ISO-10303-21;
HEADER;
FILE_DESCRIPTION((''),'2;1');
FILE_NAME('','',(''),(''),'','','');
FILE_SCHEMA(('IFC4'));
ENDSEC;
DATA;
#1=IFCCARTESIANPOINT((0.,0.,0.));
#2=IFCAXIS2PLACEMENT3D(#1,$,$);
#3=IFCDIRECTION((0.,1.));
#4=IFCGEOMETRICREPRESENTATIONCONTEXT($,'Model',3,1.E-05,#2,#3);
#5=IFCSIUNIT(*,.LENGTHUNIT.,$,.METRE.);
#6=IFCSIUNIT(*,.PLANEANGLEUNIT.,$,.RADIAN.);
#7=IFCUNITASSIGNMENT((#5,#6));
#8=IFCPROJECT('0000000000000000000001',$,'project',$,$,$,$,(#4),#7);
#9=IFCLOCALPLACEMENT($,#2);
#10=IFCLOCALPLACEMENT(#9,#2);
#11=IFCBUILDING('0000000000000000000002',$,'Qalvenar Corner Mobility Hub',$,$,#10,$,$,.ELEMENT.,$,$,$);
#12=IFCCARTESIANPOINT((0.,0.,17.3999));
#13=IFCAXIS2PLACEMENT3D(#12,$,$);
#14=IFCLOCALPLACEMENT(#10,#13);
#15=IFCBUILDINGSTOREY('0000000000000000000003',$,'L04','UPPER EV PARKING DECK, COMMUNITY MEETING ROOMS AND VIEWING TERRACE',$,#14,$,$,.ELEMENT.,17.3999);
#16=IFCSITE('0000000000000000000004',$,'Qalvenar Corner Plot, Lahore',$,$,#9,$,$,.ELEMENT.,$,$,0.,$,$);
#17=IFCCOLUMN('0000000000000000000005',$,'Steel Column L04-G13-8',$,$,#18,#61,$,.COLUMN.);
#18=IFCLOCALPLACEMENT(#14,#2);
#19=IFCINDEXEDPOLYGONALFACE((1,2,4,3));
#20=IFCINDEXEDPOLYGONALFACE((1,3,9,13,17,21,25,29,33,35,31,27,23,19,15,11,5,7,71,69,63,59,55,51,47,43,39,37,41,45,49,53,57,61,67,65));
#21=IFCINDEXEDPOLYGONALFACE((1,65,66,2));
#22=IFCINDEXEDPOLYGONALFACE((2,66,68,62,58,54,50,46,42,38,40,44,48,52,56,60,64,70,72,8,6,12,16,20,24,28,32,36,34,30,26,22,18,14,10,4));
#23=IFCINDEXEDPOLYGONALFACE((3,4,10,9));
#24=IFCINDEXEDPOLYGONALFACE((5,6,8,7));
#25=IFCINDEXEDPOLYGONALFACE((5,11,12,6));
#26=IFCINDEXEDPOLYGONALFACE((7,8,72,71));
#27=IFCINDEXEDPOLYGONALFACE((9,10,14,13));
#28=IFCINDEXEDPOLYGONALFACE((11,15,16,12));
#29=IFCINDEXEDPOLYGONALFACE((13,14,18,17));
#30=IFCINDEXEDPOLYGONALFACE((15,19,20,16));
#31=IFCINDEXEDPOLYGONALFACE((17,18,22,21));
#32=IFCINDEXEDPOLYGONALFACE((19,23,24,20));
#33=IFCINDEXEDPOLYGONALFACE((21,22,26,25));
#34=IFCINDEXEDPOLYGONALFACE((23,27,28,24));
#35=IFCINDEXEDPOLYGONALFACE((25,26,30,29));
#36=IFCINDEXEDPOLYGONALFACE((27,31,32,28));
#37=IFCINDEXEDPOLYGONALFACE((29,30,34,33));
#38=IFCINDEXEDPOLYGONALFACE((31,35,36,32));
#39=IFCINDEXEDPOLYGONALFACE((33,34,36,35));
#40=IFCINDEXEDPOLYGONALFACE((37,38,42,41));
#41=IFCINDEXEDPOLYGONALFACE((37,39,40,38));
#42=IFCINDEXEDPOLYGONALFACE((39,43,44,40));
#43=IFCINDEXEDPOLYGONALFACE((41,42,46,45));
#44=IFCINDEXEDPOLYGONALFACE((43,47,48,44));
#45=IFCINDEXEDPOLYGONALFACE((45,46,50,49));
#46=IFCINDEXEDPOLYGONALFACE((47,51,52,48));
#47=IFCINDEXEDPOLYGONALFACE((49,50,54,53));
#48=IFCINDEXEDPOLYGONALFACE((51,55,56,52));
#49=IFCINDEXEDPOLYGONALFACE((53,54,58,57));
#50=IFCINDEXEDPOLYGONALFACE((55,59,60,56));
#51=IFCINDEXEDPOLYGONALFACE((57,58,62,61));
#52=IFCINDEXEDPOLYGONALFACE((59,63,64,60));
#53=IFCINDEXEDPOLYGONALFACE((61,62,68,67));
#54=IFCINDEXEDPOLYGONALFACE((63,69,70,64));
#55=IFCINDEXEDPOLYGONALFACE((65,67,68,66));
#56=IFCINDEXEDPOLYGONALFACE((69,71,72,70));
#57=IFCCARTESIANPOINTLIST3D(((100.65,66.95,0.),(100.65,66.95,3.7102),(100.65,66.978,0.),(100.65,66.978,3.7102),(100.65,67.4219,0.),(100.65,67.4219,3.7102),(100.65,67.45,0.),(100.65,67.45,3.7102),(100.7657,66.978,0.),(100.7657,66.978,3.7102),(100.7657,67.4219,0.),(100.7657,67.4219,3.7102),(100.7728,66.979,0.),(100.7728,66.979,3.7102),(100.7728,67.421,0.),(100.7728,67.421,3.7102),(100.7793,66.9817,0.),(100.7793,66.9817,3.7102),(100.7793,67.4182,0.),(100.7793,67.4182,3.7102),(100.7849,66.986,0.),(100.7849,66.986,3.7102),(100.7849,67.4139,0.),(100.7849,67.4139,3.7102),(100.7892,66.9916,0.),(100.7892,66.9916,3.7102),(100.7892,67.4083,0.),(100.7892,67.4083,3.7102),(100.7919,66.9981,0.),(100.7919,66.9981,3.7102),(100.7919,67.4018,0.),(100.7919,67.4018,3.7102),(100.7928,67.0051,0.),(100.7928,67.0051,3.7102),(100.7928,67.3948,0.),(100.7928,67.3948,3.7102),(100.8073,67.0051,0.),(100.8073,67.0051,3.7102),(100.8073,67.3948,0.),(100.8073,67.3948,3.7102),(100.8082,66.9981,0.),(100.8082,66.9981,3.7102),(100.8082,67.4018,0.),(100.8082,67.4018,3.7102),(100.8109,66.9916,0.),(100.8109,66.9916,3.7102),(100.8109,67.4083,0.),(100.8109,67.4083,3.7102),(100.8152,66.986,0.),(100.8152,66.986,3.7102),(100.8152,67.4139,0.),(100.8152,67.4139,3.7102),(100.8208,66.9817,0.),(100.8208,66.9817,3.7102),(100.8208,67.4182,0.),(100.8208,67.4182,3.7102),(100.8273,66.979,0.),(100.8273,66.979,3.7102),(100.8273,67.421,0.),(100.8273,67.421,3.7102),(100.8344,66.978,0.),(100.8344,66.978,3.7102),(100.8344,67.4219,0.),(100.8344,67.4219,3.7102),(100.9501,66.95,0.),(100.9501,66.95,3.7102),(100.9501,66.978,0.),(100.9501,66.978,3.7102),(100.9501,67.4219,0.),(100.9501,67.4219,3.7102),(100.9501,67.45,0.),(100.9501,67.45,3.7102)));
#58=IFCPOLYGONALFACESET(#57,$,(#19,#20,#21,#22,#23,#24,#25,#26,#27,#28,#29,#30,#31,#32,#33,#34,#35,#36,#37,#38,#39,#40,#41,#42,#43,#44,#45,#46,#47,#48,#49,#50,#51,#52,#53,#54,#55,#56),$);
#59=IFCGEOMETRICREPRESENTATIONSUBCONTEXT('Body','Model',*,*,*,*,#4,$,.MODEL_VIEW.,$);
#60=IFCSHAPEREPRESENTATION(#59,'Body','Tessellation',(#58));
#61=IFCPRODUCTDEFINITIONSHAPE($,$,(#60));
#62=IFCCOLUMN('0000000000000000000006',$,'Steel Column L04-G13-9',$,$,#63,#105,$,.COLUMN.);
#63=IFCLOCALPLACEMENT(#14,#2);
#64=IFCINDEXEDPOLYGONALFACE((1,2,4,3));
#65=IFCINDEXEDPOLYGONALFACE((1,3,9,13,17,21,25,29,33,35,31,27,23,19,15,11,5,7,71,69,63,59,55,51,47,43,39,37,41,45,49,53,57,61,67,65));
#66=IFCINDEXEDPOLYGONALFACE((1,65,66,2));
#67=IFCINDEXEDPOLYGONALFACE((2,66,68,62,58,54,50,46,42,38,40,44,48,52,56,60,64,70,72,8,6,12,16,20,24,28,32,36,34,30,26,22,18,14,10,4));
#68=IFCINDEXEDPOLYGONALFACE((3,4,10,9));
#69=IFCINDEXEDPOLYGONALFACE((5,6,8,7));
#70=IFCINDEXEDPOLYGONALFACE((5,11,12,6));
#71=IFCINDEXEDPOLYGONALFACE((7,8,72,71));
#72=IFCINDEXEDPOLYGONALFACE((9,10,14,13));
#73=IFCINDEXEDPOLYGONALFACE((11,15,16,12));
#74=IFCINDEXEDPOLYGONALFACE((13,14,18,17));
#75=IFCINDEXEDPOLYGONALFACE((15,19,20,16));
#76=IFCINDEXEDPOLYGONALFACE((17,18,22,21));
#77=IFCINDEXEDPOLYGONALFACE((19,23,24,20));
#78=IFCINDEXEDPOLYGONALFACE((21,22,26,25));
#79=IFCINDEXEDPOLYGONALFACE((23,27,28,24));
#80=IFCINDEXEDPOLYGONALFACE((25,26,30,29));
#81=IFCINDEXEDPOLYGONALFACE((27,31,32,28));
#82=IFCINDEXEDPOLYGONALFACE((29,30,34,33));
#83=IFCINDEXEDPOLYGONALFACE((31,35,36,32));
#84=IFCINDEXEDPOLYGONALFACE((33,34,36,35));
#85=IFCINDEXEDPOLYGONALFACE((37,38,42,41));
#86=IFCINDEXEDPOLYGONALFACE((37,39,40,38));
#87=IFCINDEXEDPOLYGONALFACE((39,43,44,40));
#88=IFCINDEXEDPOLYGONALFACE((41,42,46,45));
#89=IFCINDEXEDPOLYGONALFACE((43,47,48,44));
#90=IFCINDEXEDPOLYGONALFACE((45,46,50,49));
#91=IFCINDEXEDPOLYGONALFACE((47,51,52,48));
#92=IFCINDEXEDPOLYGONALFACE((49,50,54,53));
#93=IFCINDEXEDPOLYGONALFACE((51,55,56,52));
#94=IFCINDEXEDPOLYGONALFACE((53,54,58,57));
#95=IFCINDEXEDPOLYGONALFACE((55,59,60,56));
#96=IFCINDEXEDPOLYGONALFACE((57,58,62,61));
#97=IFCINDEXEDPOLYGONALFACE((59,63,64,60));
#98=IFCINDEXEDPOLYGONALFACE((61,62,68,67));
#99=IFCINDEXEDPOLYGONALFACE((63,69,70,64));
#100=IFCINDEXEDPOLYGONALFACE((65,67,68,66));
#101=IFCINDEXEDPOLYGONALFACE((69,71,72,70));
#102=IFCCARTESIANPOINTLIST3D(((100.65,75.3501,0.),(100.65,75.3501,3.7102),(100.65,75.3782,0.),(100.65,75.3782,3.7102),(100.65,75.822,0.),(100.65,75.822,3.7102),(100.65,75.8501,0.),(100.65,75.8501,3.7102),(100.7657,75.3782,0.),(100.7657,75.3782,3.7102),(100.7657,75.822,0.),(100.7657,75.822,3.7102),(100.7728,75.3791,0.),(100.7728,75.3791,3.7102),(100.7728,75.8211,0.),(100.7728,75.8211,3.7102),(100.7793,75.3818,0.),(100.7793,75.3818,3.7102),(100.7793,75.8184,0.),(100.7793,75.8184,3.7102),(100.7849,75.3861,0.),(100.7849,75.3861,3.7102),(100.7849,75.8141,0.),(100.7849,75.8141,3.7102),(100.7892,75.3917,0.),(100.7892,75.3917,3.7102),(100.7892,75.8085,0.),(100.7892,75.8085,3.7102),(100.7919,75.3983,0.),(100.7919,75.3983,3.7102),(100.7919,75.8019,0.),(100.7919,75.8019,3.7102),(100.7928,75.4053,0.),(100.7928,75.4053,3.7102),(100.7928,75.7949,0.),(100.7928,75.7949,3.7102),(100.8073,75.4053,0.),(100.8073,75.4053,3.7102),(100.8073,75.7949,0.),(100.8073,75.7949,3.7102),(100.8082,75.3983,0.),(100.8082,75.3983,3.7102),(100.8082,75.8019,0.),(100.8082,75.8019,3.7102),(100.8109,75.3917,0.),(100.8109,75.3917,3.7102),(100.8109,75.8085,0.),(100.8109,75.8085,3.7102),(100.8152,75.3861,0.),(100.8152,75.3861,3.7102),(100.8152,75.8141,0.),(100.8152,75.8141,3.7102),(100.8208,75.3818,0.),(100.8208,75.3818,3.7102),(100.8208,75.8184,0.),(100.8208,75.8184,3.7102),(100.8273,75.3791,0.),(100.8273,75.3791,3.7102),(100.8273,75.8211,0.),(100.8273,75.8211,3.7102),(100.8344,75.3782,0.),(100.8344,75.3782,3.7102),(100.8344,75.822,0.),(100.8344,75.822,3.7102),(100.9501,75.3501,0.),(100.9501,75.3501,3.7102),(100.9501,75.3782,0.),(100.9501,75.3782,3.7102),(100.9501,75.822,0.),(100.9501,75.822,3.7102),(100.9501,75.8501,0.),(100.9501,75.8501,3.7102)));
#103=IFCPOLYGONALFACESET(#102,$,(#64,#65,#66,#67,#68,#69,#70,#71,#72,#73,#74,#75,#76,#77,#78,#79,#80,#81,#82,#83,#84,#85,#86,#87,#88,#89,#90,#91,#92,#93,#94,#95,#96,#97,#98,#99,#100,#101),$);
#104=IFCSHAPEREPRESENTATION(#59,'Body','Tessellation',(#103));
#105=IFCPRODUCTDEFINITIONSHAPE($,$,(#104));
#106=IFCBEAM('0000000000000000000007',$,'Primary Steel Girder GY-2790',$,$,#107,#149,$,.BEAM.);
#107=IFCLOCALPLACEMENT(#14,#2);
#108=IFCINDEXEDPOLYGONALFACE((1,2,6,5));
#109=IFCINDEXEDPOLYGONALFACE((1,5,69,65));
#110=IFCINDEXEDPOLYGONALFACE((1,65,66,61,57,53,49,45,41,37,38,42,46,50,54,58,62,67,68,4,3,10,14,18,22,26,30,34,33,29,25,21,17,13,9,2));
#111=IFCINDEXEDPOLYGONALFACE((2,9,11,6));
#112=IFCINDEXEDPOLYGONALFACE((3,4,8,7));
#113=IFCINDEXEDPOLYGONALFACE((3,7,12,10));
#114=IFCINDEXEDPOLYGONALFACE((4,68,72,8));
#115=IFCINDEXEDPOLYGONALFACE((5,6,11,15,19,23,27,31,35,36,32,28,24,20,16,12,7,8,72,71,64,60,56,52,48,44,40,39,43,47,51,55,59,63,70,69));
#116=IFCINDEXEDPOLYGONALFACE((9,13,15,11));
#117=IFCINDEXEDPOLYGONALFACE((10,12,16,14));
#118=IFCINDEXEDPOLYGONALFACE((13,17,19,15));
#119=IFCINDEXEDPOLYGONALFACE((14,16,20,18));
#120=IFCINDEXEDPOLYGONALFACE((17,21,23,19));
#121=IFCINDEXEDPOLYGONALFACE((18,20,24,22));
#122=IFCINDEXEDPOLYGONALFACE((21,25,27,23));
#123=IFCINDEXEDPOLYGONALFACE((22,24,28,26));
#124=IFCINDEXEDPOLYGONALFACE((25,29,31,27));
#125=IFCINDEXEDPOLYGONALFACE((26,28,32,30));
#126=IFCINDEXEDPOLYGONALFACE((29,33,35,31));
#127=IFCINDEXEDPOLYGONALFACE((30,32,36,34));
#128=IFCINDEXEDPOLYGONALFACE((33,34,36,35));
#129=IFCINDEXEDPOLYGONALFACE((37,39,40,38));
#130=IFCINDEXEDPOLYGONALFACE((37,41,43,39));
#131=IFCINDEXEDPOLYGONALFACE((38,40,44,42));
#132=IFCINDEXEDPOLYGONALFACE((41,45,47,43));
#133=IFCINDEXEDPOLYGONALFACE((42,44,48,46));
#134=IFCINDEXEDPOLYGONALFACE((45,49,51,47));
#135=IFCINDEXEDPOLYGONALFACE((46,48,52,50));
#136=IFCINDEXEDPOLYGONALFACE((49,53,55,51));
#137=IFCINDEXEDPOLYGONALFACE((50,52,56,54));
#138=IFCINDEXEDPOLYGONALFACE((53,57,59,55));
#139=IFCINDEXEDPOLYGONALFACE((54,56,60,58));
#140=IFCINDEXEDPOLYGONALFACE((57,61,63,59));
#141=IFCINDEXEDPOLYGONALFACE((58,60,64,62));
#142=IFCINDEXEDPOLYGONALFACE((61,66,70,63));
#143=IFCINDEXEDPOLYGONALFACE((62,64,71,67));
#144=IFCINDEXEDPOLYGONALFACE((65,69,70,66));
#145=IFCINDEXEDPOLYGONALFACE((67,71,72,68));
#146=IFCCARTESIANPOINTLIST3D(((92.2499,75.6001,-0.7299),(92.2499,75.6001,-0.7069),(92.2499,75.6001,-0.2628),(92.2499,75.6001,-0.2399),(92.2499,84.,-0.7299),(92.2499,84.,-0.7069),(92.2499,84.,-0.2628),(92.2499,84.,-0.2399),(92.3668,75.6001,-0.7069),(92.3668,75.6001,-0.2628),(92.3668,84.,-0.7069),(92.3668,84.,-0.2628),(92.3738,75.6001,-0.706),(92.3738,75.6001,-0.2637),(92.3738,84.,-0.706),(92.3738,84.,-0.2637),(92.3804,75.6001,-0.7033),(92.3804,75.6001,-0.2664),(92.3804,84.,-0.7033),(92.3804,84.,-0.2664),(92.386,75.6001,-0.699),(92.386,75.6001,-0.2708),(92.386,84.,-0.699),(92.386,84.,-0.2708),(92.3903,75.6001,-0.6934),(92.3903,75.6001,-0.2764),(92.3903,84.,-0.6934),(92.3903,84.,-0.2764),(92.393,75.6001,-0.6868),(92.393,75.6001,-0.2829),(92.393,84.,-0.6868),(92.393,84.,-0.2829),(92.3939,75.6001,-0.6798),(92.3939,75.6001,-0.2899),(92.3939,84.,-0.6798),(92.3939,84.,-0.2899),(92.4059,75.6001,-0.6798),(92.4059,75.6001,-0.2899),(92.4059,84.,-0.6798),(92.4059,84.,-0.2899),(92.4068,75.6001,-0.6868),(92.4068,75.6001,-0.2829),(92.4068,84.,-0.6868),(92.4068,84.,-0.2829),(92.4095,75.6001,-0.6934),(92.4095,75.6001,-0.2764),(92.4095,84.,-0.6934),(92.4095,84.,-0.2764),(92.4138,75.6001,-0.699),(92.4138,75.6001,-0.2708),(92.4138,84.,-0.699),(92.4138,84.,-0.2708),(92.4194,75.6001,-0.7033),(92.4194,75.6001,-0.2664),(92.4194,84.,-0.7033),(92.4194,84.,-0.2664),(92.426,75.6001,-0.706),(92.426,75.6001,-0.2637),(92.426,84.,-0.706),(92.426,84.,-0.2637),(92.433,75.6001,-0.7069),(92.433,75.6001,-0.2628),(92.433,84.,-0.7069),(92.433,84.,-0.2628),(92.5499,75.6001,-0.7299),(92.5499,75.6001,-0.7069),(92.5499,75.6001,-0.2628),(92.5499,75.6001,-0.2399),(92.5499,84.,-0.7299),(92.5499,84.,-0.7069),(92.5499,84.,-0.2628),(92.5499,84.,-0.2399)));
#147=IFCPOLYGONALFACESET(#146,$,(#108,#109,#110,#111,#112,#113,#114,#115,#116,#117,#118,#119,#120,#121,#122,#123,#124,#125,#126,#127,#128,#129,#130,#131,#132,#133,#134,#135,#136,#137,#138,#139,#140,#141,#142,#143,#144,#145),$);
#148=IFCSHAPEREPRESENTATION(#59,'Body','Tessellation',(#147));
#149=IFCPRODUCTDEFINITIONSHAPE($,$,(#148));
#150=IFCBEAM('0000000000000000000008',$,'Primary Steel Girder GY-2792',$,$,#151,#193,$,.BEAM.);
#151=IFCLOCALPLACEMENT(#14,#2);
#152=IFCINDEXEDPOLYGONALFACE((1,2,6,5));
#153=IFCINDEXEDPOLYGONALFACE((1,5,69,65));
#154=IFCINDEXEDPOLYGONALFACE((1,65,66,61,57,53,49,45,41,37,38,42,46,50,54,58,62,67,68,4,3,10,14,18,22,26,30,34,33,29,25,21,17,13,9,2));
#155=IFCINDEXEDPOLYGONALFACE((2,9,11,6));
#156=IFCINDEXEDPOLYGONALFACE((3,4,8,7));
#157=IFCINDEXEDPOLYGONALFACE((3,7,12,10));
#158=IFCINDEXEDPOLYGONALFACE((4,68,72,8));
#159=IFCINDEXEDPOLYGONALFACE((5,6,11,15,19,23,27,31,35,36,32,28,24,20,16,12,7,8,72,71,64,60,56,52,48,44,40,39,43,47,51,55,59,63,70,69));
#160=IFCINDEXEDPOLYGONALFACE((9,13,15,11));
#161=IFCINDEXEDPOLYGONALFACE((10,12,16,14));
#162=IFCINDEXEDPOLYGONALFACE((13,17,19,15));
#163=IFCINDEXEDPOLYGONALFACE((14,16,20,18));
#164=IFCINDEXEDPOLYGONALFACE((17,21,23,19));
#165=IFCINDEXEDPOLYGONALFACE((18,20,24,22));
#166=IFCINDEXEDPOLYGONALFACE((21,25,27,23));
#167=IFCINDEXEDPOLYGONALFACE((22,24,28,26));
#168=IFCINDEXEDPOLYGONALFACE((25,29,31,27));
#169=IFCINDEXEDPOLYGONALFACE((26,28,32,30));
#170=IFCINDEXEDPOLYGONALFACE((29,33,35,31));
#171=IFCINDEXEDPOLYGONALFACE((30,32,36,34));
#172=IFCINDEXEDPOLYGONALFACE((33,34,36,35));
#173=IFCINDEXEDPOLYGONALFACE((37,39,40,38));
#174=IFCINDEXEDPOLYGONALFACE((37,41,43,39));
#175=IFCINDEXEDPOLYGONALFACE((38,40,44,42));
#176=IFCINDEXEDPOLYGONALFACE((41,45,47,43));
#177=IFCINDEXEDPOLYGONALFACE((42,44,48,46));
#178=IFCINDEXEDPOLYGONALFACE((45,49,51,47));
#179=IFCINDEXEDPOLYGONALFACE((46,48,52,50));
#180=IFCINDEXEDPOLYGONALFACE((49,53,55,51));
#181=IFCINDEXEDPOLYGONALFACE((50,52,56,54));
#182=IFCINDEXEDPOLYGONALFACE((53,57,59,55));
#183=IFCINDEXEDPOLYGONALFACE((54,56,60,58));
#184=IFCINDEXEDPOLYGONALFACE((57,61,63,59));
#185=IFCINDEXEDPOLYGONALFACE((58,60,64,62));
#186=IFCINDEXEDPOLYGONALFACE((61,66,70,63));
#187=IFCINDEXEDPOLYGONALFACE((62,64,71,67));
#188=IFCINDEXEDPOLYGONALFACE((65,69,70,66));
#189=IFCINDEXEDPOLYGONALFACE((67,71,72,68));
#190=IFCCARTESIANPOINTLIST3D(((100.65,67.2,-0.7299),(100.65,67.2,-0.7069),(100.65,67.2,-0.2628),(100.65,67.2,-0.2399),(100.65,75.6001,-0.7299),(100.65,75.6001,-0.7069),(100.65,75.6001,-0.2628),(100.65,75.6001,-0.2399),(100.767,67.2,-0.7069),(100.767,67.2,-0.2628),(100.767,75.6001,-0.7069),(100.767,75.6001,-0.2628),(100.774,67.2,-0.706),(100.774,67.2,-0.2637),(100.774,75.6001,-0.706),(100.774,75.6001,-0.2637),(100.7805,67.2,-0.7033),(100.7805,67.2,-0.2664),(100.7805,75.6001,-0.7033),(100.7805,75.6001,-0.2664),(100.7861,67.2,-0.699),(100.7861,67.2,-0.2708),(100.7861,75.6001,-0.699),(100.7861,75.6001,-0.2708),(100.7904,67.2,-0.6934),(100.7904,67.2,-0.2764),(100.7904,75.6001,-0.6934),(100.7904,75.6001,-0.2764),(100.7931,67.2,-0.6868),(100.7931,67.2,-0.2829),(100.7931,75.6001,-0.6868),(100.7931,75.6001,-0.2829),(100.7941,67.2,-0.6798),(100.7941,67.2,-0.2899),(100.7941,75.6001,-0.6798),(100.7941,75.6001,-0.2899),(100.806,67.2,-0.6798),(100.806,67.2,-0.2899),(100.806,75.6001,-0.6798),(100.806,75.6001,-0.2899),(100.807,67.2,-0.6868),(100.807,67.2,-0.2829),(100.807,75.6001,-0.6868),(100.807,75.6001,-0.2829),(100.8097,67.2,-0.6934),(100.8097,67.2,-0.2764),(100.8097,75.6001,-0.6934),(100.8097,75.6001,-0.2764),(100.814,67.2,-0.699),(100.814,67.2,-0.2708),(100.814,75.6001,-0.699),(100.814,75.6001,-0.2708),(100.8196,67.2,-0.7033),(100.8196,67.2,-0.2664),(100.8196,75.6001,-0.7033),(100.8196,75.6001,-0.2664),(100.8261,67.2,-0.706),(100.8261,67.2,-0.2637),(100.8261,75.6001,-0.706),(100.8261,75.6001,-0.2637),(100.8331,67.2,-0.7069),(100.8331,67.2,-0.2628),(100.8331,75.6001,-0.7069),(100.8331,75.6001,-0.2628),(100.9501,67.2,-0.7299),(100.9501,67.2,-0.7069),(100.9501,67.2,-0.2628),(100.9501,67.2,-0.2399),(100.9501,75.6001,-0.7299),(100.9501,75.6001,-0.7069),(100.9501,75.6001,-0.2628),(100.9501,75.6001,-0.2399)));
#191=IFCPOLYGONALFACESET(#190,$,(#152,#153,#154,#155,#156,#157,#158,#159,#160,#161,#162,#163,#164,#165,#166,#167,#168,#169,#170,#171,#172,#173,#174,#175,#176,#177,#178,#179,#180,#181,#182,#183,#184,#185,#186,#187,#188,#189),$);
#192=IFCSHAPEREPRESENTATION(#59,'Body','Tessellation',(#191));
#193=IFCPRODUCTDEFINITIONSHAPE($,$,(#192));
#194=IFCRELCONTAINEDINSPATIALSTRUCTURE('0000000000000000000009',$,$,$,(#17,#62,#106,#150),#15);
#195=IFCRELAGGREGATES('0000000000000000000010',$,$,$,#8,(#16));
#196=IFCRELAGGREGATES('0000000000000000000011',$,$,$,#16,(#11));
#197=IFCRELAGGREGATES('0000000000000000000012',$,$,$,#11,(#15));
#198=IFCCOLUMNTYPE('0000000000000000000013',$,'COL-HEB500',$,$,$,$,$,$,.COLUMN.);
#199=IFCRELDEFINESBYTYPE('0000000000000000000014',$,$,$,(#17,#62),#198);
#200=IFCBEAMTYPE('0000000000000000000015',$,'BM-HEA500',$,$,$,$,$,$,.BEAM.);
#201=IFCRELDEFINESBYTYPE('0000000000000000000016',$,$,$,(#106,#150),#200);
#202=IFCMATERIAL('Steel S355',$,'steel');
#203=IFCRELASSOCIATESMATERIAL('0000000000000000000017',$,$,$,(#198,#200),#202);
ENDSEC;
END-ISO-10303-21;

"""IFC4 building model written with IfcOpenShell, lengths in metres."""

from ifc_helpers import new_model, si_unit, direction, frame, origin, origin_2d, place, context, subcontext, project, spatial, i_section, extrude, material, material_profile, profile_set, type_object, element, save


model = new_model("IFC4")

# Units and contexts
model_context = context("Model", 3, precision=1e-05, world=origin(), true_north=direction((0.0, 1.0)))
body_context = subcontext(model_context, "Body", "Model", "MODEL_VIEW")
ifc_project = project(units=[si_unit("LENGTHUNIT", "METRE"), si_unit("PLANEANGLEUNIT", "RADIAN")], contexts=[model_context])

# Site, building, storey
site_placement = place(None, origin())
site = spatial("IfcSite", under=ifc_project, at=site_placement, Name="Qalvenar Corner Plot, Lahore", CompositionType="ELEMENT", RefElevation=0.0)
building_placement = place(site_placement, origin())
building = spatial("IfcBuilding", under=site, at=building_placement, Name="Qalvenar Corner Mobility Hub", CompositionType="ELEMENT")
storey_placement = place(building_placement, frame((0.0, 0.0, 17.3999)))
storey = spatial("IfcBuildingStorey", under=building, at=storey_placement, Name="L04", Description="UPPER EV PARKING DECK, COMMUNITY MEETING ROOMS AND VIEWING TERRACE", CompositionType="ELEMENT", Elevation=17.3999)

# Columns
ifc_material_1 = material(Name="Steel S355", Category="steel")
ifc_material_profile_1 = material_profile(ifc_material_1, i_section(OverallWidth=0.3, OverallDepth=0.5, WebThickness=0.0144, FlangeThickness=0.0281, FilletRadius=0.0271, at=origin_2d()), Name="HEB500")
ifc_profile_set_1 = profile_set([ifc_material_profile_1], Name="Steel S355")
column_type = type_object("IfcColumnType", Name="COL-HEB500", PredefinedType="COLUMN", material=ifc_profile_set_1)
for number, where, z_axis, x_axis, name in (
    (1, (100.8, 67.2, 0.0), (0.0, 0.0, 1.0), (1.0, 0.0, 0.0), "Steel Column L04-G13-8"),
    (2, (100.8, 75.6001, 0.0), (0.0, 0.0, 1.0), (1.0, 0.0, 0.0), "Steel Column L04-G13-9"),
):
    element("IfcColumn", number, at=place(storey_placement, frame(where, z_axis=z_axis, x_axis=x_axis)), inside=storey, type_object=column_type, Name=name, PredefinedType="COLUMN", context=body_context, shape_type="SweptSolid", body=[
        extrude(i_section(OverallWidth=0.3, OverallDepth=0.5, WebThickness=0.0144, FlangeThickness=0.0281, FilletRadius=0.0271, at=origin_2d()), origin(), (0.0, 0.0, 1.0), 3.7102),
    ])

# Beams
ifc_material_profile_2 = material_profile(ifc_material_1, i_section(OverallWidth=0.3, OverallDepth=0.49, WebThickness=0.012, FlangeThickness=0.0229, FilletRadius=0.0271, at=origin_2d()), Name="HEA500")
ifc_profile_set_2 = profile_set([ifc_material_profile_2], Name="Steel S355")
beam_type_1 = type_object("IfcBeamType", Name="BM-HEA500", PredefinedType="BEAM", material=ifc_profile_set_2)
beam_1_placement = place(storey_placement, frame((92.3999, 75.6001, -0.4849), z_axis=(0.0, 1.0, 0.0), x_axis=(-1.0, 0.0, 0.0)))
element("IfcBeam", 3, at=beam_1_placement, inside=storey, type_object=beam_type_1, Name="Primary Steel Girder GY-2790", PredefinedType="BEAM", context=body_context, shape_type="SweptSolid", body=[
    extrude(i_section(OverallWidth=0.3, OverallDepth=0.49, WebThickness=0.012, FlangeThickness=0.0229, FilletRadius=0.0271, at=origin_2d()), origin(), (0.0, 0.0, 1.0), 8.3999),
])
beam_2_placement = place(storey_placement, frame((100.8, 67.2, -0.4849), z_axis=(0.0, 1.0, 0.0), x_axis=(-1.0, 0.0, 0.0)))
element("IfcBeam", 4, at=beam_2_placement, inside=storey, type_object=beam_type_1, Name="Primary Steel Girder GY-2792", PredefinedType="BEAM", context=body_context, shape_type="SweptSolid", body=[
    extrude(i_section(OverallWidth=0.3, OverallDepth=0.49, WebThickness=0.012, FlangeThickness=0.0229, FilletRadius=0.0271, at=origin_2d()), origin(), (0.0, 0.0, 1.0), 8.4001),
])

save(model, "model.ifc")
